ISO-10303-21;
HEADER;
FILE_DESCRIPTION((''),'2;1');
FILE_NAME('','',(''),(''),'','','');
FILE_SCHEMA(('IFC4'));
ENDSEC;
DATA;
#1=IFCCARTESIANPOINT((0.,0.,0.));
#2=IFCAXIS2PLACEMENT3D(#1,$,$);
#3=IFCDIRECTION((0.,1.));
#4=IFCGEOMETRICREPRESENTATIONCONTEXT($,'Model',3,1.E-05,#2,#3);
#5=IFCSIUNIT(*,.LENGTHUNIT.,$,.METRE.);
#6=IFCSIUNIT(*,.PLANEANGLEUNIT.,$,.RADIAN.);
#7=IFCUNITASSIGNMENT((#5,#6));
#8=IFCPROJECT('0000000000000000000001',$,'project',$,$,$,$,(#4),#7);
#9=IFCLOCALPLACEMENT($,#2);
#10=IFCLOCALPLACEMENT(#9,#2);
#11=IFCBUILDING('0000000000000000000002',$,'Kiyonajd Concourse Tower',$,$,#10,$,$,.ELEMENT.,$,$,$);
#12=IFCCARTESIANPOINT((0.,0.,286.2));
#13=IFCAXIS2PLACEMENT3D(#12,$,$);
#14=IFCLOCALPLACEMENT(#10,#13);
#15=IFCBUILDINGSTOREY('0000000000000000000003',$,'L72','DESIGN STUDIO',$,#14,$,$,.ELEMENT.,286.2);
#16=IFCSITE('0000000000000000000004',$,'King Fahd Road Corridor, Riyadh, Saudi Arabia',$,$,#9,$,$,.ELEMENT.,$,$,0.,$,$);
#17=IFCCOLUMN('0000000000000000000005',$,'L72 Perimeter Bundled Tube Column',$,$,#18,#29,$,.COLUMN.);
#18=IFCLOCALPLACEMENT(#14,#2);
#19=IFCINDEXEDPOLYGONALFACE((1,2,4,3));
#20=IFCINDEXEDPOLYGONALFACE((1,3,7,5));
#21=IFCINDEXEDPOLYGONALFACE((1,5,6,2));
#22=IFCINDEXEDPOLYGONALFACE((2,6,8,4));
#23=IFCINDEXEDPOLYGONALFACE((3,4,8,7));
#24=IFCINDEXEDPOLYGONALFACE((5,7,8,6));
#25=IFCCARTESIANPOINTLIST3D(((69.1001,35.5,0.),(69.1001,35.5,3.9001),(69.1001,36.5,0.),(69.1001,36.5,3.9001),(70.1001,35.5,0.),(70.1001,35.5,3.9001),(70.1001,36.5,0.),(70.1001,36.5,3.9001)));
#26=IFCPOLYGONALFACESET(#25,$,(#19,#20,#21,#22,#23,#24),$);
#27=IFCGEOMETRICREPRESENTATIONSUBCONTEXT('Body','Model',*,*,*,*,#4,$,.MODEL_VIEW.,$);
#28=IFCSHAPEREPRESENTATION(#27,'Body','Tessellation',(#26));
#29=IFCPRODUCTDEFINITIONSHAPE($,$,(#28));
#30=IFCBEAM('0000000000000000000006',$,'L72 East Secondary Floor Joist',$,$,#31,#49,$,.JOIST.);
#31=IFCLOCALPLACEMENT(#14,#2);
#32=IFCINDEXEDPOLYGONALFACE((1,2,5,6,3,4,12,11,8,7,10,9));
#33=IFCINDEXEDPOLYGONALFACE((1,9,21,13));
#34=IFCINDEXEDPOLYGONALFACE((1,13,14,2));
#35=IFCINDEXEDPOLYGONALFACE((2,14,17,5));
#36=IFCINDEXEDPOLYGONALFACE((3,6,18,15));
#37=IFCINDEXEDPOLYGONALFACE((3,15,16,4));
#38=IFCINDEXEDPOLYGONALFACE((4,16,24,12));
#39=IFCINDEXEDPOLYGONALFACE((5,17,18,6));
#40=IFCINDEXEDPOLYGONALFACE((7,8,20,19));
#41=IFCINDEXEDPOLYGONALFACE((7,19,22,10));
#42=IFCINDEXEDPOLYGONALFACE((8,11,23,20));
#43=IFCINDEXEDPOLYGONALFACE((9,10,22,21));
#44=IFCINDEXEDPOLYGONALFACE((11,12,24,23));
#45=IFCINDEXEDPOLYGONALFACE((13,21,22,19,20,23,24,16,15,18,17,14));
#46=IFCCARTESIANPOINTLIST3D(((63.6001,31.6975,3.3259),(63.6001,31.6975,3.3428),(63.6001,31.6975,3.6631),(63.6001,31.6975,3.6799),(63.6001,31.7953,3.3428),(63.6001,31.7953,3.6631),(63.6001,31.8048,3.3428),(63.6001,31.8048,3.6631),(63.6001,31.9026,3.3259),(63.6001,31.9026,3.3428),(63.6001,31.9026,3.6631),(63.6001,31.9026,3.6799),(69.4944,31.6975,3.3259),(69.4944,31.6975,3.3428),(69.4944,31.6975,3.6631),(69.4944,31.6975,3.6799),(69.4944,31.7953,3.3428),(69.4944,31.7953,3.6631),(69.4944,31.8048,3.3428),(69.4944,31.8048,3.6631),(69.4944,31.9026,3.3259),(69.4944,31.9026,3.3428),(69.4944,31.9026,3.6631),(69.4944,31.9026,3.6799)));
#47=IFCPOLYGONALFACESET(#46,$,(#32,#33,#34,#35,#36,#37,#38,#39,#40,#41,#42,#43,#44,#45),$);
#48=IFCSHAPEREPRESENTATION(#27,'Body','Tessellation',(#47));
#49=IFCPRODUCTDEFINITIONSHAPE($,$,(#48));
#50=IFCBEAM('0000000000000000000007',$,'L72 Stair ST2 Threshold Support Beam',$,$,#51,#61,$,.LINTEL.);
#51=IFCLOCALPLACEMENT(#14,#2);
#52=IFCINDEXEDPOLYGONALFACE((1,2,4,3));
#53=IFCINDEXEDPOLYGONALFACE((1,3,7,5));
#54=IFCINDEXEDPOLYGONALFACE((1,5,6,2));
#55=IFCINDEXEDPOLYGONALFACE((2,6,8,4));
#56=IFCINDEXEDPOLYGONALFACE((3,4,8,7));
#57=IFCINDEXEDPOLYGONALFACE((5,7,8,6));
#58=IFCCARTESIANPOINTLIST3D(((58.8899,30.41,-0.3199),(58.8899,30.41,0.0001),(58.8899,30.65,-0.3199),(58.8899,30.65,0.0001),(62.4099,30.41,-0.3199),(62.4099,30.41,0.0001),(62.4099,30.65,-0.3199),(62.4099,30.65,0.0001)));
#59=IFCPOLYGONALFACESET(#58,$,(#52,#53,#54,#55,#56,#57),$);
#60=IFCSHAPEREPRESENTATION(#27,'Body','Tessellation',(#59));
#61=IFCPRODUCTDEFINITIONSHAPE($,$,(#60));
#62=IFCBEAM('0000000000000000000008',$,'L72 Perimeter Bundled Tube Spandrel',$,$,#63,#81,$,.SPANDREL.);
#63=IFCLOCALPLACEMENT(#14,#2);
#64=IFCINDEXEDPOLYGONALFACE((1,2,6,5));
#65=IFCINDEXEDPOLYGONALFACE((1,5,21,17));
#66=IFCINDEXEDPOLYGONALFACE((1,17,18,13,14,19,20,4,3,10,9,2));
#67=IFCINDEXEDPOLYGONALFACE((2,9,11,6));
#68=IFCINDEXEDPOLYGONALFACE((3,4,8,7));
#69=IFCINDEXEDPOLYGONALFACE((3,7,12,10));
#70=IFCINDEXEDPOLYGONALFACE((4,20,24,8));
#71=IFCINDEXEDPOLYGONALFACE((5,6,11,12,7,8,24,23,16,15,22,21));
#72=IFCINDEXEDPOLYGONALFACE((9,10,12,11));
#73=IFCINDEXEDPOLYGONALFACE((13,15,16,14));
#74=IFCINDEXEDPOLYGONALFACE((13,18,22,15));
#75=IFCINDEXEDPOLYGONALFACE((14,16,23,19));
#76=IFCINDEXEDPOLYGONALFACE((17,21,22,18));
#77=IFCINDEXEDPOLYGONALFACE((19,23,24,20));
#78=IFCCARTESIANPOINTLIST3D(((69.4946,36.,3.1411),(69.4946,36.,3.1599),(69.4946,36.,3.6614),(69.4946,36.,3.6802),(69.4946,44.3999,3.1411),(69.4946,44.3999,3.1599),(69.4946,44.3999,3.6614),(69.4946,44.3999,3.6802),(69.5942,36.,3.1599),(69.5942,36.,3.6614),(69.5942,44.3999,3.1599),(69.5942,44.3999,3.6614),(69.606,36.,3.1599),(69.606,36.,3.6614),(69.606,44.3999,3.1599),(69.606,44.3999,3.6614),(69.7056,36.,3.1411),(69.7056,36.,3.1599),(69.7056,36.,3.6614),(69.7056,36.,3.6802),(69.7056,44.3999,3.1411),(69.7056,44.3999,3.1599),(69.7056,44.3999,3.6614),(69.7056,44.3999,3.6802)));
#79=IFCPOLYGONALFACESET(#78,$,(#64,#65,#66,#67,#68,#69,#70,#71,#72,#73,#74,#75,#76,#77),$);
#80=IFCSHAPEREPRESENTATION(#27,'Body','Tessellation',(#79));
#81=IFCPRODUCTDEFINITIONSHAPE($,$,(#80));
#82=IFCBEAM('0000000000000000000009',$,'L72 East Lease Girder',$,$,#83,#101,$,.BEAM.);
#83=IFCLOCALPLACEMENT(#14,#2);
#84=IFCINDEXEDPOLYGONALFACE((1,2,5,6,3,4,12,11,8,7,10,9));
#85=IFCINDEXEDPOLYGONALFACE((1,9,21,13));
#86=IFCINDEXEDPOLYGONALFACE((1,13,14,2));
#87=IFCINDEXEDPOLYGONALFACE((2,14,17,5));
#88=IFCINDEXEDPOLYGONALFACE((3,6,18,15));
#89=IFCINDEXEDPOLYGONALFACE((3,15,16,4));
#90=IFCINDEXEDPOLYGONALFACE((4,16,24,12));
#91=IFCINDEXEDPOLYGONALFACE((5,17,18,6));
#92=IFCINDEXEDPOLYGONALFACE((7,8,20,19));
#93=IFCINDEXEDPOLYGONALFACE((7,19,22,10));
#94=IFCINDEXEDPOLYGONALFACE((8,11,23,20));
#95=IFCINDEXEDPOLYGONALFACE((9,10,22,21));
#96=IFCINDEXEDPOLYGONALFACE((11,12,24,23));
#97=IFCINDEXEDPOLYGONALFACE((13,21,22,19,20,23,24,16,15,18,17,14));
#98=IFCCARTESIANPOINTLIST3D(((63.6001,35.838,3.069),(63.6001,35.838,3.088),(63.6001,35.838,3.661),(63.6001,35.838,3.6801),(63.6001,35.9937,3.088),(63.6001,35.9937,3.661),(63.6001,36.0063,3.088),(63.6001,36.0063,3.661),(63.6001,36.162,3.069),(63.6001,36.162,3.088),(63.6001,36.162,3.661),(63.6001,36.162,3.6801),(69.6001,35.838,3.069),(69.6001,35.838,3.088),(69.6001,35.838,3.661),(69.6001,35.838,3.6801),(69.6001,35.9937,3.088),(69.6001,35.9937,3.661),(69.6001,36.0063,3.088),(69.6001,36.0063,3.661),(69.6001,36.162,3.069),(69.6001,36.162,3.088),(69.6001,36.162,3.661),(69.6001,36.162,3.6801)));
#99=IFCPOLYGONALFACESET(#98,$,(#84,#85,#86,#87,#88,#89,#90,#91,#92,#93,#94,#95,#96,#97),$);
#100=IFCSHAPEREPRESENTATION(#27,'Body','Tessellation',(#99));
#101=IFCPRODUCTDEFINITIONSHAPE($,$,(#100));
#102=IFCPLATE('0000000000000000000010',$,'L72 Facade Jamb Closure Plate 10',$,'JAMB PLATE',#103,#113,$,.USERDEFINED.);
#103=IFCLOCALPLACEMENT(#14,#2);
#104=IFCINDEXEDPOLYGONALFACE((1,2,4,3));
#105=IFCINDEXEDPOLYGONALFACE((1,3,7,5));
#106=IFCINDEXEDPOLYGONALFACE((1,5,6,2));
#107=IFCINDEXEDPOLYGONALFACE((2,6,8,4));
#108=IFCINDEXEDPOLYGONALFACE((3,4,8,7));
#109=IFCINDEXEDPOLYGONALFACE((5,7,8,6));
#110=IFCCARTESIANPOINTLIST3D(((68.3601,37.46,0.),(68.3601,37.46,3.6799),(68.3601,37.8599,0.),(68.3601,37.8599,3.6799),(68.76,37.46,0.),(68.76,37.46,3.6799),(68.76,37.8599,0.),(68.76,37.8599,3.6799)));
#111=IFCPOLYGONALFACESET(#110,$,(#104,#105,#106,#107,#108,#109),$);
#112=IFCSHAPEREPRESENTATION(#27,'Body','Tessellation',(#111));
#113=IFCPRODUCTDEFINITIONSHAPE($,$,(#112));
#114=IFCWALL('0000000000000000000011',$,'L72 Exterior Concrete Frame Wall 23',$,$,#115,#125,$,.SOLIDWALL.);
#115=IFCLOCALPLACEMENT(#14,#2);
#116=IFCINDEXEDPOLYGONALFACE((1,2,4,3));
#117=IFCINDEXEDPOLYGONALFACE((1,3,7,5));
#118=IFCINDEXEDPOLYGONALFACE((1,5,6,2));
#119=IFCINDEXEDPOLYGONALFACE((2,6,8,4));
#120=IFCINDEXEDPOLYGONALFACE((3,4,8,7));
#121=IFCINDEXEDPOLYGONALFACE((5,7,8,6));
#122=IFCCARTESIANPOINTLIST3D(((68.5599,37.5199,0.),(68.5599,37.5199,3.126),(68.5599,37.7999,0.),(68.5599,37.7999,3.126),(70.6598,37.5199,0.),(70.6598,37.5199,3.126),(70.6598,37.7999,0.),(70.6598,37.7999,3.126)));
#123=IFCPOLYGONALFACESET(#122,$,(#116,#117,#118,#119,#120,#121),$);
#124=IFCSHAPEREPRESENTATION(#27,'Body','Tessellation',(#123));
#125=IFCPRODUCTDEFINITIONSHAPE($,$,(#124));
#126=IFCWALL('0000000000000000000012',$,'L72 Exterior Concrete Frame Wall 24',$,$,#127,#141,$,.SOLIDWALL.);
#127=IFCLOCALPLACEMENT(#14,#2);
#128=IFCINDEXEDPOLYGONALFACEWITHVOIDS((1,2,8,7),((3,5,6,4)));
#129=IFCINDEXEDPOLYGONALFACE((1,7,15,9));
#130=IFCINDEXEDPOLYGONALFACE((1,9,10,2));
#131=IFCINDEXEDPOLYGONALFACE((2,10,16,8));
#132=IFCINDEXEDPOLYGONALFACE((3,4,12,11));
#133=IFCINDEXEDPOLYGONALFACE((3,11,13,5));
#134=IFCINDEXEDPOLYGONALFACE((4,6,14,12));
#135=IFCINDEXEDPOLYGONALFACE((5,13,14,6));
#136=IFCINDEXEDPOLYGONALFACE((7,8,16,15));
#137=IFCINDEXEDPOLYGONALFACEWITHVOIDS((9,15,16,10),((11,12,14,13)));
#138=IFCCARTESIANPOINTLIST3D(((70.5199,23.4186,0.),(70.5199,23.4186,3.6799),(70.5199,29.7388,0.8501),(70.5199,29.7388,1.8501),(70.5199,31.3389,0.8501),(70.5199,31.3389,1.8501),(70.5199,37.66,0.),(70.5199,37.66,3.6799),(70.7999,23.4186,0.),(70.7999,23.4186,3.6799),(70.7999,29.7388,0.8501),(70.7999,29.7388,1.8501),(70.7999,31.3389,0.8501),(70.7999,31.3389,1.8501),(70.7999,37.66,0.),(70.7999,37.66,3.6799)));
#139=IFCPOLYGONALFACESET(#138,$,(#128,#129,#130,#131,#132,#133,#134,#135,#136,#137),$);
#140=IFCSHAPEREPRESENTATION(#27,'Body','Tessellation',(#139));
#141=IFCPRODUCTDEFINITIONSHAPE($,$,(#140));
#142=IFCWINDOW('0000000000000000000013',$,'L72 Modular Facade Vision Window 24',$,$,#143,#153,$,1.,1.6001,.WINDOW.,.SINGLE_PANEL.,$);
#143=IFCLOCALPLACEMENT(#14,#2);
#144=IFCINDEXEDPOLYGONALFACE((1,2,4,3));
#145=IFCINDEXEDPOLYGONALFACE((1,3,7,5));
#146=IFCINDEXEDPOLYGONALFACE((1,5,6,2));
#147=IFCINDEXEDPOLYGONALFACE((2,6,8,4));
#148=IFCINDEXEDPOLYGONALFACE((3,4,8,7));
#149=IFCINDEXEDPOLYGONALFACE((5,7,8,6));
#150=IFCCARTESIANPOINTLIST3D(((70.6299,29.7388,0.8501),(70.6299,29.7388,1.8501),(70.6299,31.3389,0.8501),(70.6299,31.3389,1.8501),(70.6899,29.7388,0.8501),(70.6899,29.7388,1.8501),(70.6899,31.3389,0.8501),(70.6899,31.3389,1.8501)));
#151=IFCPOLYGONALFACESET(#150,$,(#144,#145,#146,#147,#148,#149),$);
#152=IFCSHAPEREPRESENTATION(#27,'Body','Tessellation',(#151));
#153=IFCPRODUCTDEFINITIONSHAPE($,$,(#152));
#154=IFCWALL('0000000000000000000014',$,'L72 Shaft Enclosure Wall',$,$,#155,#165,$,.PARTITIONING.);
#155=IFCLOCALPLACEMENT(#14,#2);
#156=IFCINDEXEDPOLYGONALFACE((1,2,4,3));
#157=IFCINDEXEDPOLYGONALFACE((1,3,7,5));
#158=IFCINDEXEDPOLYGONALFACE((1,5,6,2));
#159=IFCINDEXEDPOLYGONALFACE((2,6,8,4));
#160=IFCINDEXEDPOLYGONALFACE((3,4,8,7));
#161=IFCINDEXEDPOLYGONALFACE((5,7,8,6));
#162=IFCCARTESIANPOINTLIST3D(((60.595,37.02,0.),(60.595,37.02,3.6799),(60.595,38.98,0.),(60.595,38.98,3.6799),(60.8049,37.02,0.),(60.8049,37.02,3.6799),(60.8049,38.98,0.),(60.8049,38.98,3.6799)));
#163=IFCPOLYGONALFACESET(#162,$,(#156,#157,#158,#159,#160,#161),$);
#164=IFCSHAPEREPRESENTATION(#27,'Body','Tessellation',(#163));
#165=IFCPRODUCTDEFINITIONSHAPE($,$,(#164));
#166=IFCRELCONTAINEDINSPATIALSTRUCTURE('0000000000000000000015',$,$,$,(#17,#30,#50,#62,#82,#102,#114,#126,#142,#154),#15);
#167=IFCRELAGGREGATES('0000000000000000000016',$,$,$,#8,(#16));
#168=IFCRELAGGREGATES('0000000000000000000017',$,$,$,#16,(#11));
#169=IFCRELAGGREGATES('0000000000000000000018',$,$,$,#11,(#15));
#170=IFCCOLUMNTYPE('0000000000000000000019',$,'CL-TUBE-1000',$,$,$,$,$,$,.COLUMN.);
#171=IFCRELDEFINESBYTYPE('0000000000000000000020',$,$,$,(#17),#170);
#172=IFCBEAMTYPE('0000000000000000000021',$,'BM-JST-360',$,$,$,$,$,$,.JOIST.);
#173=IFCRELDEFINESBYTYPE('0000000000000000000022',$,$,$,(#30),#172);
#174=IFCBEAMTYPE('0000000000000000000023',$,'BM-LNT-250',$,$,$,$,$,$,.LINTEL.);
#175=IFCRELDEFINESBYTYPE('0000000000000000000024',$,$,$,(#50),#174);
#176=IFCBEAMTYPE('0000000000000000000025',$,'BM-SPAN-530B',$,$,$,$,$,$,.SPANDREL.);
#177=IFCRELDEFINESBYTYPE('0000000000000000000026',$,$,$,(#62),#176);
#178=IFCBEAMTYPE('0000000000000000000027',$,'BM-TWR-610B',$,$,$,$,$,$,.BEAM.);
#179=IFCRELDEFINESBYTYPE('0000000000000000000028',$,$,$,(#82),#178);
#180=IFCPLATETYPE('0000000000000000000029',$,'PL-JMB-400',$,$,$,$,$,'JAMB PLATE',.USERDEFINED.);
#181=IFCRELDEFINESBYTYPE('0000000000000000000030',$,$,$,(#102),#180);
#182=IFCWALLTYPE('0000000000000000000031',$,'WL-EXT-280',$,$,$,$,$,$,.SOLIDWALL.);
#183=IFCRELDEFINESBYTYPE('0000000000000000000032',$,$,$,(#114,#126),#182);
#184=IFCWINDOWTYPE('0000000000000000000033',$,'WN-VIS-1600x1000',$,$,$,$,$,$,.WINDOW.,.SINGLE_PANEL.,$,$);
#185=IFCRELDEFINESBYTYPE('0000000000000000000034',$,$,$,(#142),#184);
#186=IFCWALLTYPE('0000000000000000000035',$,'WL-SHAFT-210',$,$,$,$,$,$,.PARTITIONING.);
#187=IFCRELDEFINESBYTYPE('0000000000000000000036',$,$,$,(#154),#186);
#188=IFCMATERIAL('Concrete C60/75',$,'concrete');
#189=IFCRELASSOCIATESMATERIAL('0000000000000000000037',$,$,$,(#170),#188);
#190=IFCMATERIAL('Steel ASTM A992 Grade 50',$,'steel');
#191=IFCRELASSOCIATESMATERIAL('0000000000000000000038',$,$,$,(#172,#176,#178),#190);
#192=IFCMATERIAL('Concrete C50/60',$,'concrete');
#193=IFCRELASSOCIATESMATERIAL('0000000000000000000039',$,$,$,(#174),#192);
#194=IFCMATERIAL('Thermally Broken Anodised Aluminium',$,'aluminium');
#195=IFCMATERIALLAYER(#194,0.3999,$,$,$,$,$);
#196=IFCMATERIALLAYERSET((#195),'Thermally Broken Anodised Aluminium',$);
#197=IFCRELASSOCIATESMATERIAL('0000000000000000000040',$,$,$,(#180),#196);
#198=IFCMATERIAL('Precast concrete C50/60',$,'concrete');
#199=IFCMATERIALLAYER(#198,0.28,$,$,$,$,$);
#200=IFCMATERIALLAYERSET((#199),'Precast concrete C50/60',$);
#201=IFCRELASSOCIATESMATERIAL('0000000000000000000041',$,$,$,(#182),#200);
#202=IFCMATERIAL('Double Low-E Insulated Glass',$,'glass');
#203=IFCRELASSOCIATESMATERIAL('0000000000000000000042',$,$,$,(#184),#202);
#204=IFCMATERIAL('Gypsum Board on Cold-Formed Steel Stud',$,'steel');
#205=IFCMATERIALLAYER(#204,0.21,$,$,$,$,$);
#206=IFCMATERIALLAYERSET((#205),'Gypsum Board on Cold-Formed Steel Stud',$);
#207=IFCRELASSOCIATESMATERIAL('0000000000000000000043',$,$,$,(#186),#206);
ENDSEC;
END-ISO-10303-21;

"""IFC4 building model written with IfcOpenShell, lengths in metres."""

from ifc_helpers import new_model, si_unit, direction, frame, frame_2d, origin, origin_2d, place, context, subcontext, project, spatial, rectangle, i_section, extrude, material, layer, layer_set, material_profile, profile_set, type_object, element, fill, save


model = new_model("IFC4")

# Units and contexts
model_context = context("Model", 3, precision=1e-05, world=origin(), true_north=direction((0.0, 1.0)))
body_context = subcontext(model_context, "Body", "Model", "MODEL_VIEW")
ifc_project = project(units=[si_unit("LENGTHUNIT", "METRE"), si_unit("PLANEANGLEUNIT", "RADIAN")], contexts=[model_context])

# Site, building, storey
site_placement = place(None, origin())
site = spatial("IfcSite", under=ifc_project, at=site_placement, Name="King Fahd Road Corridor, Riyadh, Saudi Arabia", CompositionType="ELEMENT", RefElevation=0.0)
building_placement = place(site_placement, origin())
building = spatial("IfcBuilding", under=site, at=building_placement, Name="Kiyonajd Concourse Tower", CompositionType="ELEMENT")
storey_placement = place(building_placement, frame((0.0, 0.0, 286.2)))
storey = spatial("IfcBuildingStorey", under=building, at=storey_placement, Name="L72", Description="DESIGN STUDIO", CompositionType="ELEMENT", Elevation=286.2)

# Column
ifc_material_1 = material(Name="Concrete C60/75", Category="concrete")
ifc_material_profile_1 = material_profile(ifc_material_1, rectangle(XDim=1.0, YDim=1.0, at=origin_2d()), Name="RC-1000x1000")
ifc_profile_set_1 = profile_set([ifc_material_profile_1], Name="Concrete C60/75")
column_type = type_object("IfcColumnType", Name="CL-TUBE-1000", PredefinedType="COLUMN", material=ifc_profile_set_1)
column_placement = place(storey_placement, frame((69.6001, 36.0, 0.0), z_axis=(0.0, 0.0, 1.0), x_axis=(1.0, 0.0, 0.0)))
element("IfcColumn", 1, at=column_placement, inside=storey, type_object=column_type, Name="L72 Perimeter Bundled Tube Column", PredefinedType="COLUMN", context=body_context, shape_type="SweptSolid", body=[
    extrude(rectangle(XDim=1.0, YDim=1.0, at=origin_2d()), origin(), (0.0, 0.0, 1.0), 3.9001),
])

# Beams
ifc_material_2 = material(Name="Steel ASTM A992 Grade 50", Category="steel")
ifc_material_profile_2 = material_profile(ifc_material_2, i_section(OverallWidth=0.2051, OverallDepth=0.354, WebThickness=0.0095, FlangeThickness=0.0168, at=origin_2d()), Name="W360X79")
ifc_profile_set_2 = profile_set([ifc_material_profile_2], Name="Steel ASTM A992 Grade 50")
beam_type_1 = type_object("IfcBeamType", Name="BM-JST-360", PredefinedType="JOIST", material=ifc_profile_set_2)
beam_1_placement = place(storey_placement, frame((63.6001, 31.8, 3.5029), z_axis=(1.0, 0.0, 0.0), x_axis=(0.0, 1.0, 0.0)))
element("IfcBeam", 2, at=beam_1_placement, inside=storey, type_object=beam_type_1, Name="L72 East Secondary Floor Joist", PredefinedType="JOIST", context=body_context, shape_type="SweptSolid", body=[
    extrude(i_section(OverallWidth=0.2051, OverallDepth=0.354, WebThickness=0.0095, FlangeThickness=0.0168, at=origin_2d()), origin(), (0.0, 0.0, 1.0), 5.8943),
])
ifc_material_3 = material(Name="Concrete C50/60", Category="concrete")
ifc_material_profile_3 = material_profile(ifc_material_3, rectangle(XDim=0.24, YDim=0.3201, at=origin_2d()), Name="RCBM-240x320")
ifc_profile_set_3 = profile_set([ifc_material_profile_3], Name="Concrete C50/60")
beam_type_2 = type_object("IfcBeamType", Name="BM-LNT-250", PredefinedType="LINTEL", material=ifc_profile_set_3)
beam_2_placement = place(storey_placement, frame((58.8899, 30.53, -0.1599), z_axis=(1.0, 0.0, 0.0), x_axis=(0.0, 1.0, 0.0)))
element("IfcBeam", 3, at=beam_2_placement, inside=storey, type_object=beam_type_2, Name="L72 Stair ST2 Threshold Support Beam", PredefinedType="LINTEL", context=body_context, shape_type="SweptSolid", body=[
    extrude(rectangle(XDim=0.24, YDim=0.3201, at=origin_2d()), origin(), (0.0, 0.0, 1.0), 3.52),
])
ifc_material_profile_4 = material_profile(ifc_material_2, i_section(OverallWidth=0.2109, OverallDepth=0.5391, WebThickness=0.0117, FlangeThickness=0.0188, at=origin_2d()), Name="W530X109")
ifc_profile_set_4 = profile_set([ifc_material_profile_4], Name="Steel ASTM A992 Grade 50")
beam_type_3 = type_object("IfcBeamType", Name="BM-SPAN-530B", PredefinedType="SPANDREL", material=ifc_profile_set_4)
beam_3_placement = place(storey_placement, frame((69.6001, 36.0, 3.4106), z_axis=(0.0, 1.0, 0.0), x_axis=(-1.0, 0.0, 0.0)))
element("IfcBeam", 4, at=beam_3_placement, inside=storey, type_object=beam_type_3, Name="L72 Perimeter Bundled Tube Spandrel", PredefinedType="SPANDREL", context=body_context, shape_type="SweptSolid", body=[
    extrude(i_section(OverallWidth=0.2109, OverallDepth=0.5391, WebThickness=0.0117, FlangeThickness=0.0188, at=origin_2d()), origin(), (0.0, 0.0, 1.0), 8.3999),
])
ifc_material_profile_5 = material_profile(ifc_material_2, i_section(OverallWidth=0.324, OverallDepth=0.6111, WebThickness=0.0127, FlangeThickness=0.019, at=origin_2d()), Name="W610X155")
ifc_profile_set_5 = profile_set([ifc_material_profile_5], Name="Steel ASTM A992 Grade 50")
beam_type_4 = type_object("IfcBeamType", Name="BM-TWR-610B", PredefinedType="BEAM", material=ifc_profile_set_5)
beam_4_placement = place(storey_placement, frame((63.6001, 36.0, 3.3745), z_axis=(1.0, 0.0, 0.0), x_axis=(0.0, 1.0, 0.0)))
element("IfcBeam", 5, at=beam_4_placement, inside=storey, type_object=beam_type_4, Name="L72 East Lease Girder", PredefinedType="BEAM", context=body_context, shape_type="SweptSolid", body=[
    extrude(i_section(OverallWidth=0.324, OverallDepth=0.6111, WebThickness=0.0127, FlangeThickness=0.019, at=origin_2d()), origin(), (0.0, 0.0, 1.0), 6.0),
])

# Plate
ifc_material_4 = material(Name="Thermally Broken Anodised Aluminium", Category="aluminium")
ifc_layer_1 = layer(ifc_material_4, 0.3999)
ifc_layer_set_1 = layer_set([ifc_layer_1], Name="Thermally Broken Anodised Aluminium")
plate_type = type_object("IfcPlateType", Name="PL-JMB-400", ElementType="JAMB PLATE", PredefinedType="USERDEFINED", material=ifc_layer_set_1)
plate_placement = place(storey_placement, frame((68.5601, 37.6599, 0.0), z_axis=(0.0, 0.0, 1.0), x_axis=(1.0, 0.0, 0.0)))
element("IfcPlate", 6, at=plate_placement, inside=storey, type_object=plate_type, Name="L72 Facade Jamb Closure Plate 10", ObjectType="JAMB PLATE", PredefinedType="USERDEFINED", context=body_context, shape_type="SweptSolid", body=[
    extrude(rectangle(XDim=0.3999, YDim=0.3999, at=origin_2d()), origin(), (0.0, 0.0, 1.0), 3.6799),
])

# Wall
ifc_material_5 = material(Name="Precast concrete C50/60", Category="concrete")
ifc_layer_2 = layer(ifc_material_5, 0.28)
ifc_layer_set_2 = layer_set([ifc_layer_2], Name="Precast concrete C50/60")
wall_type_1 = type_object("IfcWallType", Name="WL-EXT-280", PredefinedType="SOLIDWALL", material=ifc_layer_set_2)
wall_1_placement = place(storey_placement, frame((68.5601, 37.6599, 0.0), z_axis=(0.0, 0.0, 1.0), x_axis=(1.0, 0.0, 0.0)))
element("IfcWall", 7, at=wall_1_placement, inside=storey, type_object=wall_type_1, Name="L72 Exterior Concrete Frame Wall 23", PredefinedType="SOLIDWALL", context=body_context, shape_type="SweptSolid", body=[
    extrude(rectangle(XDim=2.0999, YDim=0.28, at=frame_2d((1.0498, 0.0))), origin(), (0.0, 0.0, 1.0), 3.126),
])

# Wall, opening, window
wall_2_placement = place(storey_placement, frame((70.6599, 37.6599, 0.0), z_axis=(0.0, 0.0, 1.0), x_axis=(0.0, -1.0, 0.0)))
wall_2 = element("IfcWall", 8, at=wall_2_placement, inside=storey, type_object=wall_type_1, Name="L72 Exterior Concrete Frame Wall 24", PredefinedType="SOLIDWALL", context=body_context, shape_type="SweptSolid", body=[
    extrude(rectangle(XDim=14.2415, YDim=0.28, at=frame_2d((7.1206, 0.0))), origin(), (0.0, 0.0, 1.0), 3.6799),
])
opening_placement = place(wall_2_placement, frame((6.321, 0.0, 0.8501)))
opening = element("IfcOpeningElement", 9, at=opening_placement, cuts=wall_2, PredefinedType="OPENING", context=body_context, shape_type="SweptSolid", body=[
    extrude(rectangle(XDim=1.6001, YDim=1.0, at=frame_2d((0.8, 0.5))), frame((0.0, 0.1499, 0.0), z_axis=(0.0, -1.0, 0.0), x_axis=(1.0, 0.0, 0.0)), (0.0, 0.0, 1.0), 0.3),
])
ifc_material_6 = material(Name="Double Low-E Insulated Glass", Category="glass")
window_type = type_object("IfcWindowType", Name="WN-VIS-1600x1000", PartitioningType="SINGLE_PANEL", PredefinedType="WINDOW", material=ifc_material_6)
window_placement = place(opening_placement, origin())
window = element("IfcWindow", 10, at=window_placement, inside=storey, type_object=window_type, Name="L72 Modular Facade Vision Window 24", OverallHeight=1.0, OverallWidth=1.6001, PartitioningType="SINGLE_PANEL", PredefinedType="WINDOW", context=body_context, shape_type="SweptSolid", body=[
    extrude(rectangle(XDim=1.6001, YDim=1.0, at=frame_2d((0.8, 0.5))), frame((0.0, 0.03, 0.0), z_axis=(0.0, -1.0, 0.0), x_axis=(1.0, 0.0, 0.0)), (0.0, 0.0, 1.0), 0.0601),
])
fill(opening, window)

# Wall
ifc_material_7 = material(Name="Gypsum Board on Cold-Formed Steel Stud", Category="steel")
ifc_layer_3 = layer(ifc_material_7, 0.21)
ifc_layer_set_3 = layer_set([ifc_layer_3], Name="Gypsum Board on Cold-Formed Steel Stud")
wall_type_2 = type_object("IfcWallType", Name="WL-SHAFT-210", PredefinedType="PARTITIONING", material=ifc_layer_set_3)
wall_3_placement = place(storey_placement, frame((60.7, 37.02, 0.0), z_axis=(0.0, 0.0, 1.0), x_axis=(0.0, 1.0, 0.0)))
element("IfcWall", 11, at=wall_3_placement, inside=storey, type_object=wall_type_2, Name="L72 Shaft Enclosure Wall", PredefinedType="PARTITIONING", context=body_context, shape_type="SweptSolid", body=[
    extrude(rectangle(XDim=1.96, YDim=0.21, at=frame_2d((0.98, 0.0))), origin(), (0.0, 0.0, 1.0), 3.6799),
])

save(model, "model.ifc")
